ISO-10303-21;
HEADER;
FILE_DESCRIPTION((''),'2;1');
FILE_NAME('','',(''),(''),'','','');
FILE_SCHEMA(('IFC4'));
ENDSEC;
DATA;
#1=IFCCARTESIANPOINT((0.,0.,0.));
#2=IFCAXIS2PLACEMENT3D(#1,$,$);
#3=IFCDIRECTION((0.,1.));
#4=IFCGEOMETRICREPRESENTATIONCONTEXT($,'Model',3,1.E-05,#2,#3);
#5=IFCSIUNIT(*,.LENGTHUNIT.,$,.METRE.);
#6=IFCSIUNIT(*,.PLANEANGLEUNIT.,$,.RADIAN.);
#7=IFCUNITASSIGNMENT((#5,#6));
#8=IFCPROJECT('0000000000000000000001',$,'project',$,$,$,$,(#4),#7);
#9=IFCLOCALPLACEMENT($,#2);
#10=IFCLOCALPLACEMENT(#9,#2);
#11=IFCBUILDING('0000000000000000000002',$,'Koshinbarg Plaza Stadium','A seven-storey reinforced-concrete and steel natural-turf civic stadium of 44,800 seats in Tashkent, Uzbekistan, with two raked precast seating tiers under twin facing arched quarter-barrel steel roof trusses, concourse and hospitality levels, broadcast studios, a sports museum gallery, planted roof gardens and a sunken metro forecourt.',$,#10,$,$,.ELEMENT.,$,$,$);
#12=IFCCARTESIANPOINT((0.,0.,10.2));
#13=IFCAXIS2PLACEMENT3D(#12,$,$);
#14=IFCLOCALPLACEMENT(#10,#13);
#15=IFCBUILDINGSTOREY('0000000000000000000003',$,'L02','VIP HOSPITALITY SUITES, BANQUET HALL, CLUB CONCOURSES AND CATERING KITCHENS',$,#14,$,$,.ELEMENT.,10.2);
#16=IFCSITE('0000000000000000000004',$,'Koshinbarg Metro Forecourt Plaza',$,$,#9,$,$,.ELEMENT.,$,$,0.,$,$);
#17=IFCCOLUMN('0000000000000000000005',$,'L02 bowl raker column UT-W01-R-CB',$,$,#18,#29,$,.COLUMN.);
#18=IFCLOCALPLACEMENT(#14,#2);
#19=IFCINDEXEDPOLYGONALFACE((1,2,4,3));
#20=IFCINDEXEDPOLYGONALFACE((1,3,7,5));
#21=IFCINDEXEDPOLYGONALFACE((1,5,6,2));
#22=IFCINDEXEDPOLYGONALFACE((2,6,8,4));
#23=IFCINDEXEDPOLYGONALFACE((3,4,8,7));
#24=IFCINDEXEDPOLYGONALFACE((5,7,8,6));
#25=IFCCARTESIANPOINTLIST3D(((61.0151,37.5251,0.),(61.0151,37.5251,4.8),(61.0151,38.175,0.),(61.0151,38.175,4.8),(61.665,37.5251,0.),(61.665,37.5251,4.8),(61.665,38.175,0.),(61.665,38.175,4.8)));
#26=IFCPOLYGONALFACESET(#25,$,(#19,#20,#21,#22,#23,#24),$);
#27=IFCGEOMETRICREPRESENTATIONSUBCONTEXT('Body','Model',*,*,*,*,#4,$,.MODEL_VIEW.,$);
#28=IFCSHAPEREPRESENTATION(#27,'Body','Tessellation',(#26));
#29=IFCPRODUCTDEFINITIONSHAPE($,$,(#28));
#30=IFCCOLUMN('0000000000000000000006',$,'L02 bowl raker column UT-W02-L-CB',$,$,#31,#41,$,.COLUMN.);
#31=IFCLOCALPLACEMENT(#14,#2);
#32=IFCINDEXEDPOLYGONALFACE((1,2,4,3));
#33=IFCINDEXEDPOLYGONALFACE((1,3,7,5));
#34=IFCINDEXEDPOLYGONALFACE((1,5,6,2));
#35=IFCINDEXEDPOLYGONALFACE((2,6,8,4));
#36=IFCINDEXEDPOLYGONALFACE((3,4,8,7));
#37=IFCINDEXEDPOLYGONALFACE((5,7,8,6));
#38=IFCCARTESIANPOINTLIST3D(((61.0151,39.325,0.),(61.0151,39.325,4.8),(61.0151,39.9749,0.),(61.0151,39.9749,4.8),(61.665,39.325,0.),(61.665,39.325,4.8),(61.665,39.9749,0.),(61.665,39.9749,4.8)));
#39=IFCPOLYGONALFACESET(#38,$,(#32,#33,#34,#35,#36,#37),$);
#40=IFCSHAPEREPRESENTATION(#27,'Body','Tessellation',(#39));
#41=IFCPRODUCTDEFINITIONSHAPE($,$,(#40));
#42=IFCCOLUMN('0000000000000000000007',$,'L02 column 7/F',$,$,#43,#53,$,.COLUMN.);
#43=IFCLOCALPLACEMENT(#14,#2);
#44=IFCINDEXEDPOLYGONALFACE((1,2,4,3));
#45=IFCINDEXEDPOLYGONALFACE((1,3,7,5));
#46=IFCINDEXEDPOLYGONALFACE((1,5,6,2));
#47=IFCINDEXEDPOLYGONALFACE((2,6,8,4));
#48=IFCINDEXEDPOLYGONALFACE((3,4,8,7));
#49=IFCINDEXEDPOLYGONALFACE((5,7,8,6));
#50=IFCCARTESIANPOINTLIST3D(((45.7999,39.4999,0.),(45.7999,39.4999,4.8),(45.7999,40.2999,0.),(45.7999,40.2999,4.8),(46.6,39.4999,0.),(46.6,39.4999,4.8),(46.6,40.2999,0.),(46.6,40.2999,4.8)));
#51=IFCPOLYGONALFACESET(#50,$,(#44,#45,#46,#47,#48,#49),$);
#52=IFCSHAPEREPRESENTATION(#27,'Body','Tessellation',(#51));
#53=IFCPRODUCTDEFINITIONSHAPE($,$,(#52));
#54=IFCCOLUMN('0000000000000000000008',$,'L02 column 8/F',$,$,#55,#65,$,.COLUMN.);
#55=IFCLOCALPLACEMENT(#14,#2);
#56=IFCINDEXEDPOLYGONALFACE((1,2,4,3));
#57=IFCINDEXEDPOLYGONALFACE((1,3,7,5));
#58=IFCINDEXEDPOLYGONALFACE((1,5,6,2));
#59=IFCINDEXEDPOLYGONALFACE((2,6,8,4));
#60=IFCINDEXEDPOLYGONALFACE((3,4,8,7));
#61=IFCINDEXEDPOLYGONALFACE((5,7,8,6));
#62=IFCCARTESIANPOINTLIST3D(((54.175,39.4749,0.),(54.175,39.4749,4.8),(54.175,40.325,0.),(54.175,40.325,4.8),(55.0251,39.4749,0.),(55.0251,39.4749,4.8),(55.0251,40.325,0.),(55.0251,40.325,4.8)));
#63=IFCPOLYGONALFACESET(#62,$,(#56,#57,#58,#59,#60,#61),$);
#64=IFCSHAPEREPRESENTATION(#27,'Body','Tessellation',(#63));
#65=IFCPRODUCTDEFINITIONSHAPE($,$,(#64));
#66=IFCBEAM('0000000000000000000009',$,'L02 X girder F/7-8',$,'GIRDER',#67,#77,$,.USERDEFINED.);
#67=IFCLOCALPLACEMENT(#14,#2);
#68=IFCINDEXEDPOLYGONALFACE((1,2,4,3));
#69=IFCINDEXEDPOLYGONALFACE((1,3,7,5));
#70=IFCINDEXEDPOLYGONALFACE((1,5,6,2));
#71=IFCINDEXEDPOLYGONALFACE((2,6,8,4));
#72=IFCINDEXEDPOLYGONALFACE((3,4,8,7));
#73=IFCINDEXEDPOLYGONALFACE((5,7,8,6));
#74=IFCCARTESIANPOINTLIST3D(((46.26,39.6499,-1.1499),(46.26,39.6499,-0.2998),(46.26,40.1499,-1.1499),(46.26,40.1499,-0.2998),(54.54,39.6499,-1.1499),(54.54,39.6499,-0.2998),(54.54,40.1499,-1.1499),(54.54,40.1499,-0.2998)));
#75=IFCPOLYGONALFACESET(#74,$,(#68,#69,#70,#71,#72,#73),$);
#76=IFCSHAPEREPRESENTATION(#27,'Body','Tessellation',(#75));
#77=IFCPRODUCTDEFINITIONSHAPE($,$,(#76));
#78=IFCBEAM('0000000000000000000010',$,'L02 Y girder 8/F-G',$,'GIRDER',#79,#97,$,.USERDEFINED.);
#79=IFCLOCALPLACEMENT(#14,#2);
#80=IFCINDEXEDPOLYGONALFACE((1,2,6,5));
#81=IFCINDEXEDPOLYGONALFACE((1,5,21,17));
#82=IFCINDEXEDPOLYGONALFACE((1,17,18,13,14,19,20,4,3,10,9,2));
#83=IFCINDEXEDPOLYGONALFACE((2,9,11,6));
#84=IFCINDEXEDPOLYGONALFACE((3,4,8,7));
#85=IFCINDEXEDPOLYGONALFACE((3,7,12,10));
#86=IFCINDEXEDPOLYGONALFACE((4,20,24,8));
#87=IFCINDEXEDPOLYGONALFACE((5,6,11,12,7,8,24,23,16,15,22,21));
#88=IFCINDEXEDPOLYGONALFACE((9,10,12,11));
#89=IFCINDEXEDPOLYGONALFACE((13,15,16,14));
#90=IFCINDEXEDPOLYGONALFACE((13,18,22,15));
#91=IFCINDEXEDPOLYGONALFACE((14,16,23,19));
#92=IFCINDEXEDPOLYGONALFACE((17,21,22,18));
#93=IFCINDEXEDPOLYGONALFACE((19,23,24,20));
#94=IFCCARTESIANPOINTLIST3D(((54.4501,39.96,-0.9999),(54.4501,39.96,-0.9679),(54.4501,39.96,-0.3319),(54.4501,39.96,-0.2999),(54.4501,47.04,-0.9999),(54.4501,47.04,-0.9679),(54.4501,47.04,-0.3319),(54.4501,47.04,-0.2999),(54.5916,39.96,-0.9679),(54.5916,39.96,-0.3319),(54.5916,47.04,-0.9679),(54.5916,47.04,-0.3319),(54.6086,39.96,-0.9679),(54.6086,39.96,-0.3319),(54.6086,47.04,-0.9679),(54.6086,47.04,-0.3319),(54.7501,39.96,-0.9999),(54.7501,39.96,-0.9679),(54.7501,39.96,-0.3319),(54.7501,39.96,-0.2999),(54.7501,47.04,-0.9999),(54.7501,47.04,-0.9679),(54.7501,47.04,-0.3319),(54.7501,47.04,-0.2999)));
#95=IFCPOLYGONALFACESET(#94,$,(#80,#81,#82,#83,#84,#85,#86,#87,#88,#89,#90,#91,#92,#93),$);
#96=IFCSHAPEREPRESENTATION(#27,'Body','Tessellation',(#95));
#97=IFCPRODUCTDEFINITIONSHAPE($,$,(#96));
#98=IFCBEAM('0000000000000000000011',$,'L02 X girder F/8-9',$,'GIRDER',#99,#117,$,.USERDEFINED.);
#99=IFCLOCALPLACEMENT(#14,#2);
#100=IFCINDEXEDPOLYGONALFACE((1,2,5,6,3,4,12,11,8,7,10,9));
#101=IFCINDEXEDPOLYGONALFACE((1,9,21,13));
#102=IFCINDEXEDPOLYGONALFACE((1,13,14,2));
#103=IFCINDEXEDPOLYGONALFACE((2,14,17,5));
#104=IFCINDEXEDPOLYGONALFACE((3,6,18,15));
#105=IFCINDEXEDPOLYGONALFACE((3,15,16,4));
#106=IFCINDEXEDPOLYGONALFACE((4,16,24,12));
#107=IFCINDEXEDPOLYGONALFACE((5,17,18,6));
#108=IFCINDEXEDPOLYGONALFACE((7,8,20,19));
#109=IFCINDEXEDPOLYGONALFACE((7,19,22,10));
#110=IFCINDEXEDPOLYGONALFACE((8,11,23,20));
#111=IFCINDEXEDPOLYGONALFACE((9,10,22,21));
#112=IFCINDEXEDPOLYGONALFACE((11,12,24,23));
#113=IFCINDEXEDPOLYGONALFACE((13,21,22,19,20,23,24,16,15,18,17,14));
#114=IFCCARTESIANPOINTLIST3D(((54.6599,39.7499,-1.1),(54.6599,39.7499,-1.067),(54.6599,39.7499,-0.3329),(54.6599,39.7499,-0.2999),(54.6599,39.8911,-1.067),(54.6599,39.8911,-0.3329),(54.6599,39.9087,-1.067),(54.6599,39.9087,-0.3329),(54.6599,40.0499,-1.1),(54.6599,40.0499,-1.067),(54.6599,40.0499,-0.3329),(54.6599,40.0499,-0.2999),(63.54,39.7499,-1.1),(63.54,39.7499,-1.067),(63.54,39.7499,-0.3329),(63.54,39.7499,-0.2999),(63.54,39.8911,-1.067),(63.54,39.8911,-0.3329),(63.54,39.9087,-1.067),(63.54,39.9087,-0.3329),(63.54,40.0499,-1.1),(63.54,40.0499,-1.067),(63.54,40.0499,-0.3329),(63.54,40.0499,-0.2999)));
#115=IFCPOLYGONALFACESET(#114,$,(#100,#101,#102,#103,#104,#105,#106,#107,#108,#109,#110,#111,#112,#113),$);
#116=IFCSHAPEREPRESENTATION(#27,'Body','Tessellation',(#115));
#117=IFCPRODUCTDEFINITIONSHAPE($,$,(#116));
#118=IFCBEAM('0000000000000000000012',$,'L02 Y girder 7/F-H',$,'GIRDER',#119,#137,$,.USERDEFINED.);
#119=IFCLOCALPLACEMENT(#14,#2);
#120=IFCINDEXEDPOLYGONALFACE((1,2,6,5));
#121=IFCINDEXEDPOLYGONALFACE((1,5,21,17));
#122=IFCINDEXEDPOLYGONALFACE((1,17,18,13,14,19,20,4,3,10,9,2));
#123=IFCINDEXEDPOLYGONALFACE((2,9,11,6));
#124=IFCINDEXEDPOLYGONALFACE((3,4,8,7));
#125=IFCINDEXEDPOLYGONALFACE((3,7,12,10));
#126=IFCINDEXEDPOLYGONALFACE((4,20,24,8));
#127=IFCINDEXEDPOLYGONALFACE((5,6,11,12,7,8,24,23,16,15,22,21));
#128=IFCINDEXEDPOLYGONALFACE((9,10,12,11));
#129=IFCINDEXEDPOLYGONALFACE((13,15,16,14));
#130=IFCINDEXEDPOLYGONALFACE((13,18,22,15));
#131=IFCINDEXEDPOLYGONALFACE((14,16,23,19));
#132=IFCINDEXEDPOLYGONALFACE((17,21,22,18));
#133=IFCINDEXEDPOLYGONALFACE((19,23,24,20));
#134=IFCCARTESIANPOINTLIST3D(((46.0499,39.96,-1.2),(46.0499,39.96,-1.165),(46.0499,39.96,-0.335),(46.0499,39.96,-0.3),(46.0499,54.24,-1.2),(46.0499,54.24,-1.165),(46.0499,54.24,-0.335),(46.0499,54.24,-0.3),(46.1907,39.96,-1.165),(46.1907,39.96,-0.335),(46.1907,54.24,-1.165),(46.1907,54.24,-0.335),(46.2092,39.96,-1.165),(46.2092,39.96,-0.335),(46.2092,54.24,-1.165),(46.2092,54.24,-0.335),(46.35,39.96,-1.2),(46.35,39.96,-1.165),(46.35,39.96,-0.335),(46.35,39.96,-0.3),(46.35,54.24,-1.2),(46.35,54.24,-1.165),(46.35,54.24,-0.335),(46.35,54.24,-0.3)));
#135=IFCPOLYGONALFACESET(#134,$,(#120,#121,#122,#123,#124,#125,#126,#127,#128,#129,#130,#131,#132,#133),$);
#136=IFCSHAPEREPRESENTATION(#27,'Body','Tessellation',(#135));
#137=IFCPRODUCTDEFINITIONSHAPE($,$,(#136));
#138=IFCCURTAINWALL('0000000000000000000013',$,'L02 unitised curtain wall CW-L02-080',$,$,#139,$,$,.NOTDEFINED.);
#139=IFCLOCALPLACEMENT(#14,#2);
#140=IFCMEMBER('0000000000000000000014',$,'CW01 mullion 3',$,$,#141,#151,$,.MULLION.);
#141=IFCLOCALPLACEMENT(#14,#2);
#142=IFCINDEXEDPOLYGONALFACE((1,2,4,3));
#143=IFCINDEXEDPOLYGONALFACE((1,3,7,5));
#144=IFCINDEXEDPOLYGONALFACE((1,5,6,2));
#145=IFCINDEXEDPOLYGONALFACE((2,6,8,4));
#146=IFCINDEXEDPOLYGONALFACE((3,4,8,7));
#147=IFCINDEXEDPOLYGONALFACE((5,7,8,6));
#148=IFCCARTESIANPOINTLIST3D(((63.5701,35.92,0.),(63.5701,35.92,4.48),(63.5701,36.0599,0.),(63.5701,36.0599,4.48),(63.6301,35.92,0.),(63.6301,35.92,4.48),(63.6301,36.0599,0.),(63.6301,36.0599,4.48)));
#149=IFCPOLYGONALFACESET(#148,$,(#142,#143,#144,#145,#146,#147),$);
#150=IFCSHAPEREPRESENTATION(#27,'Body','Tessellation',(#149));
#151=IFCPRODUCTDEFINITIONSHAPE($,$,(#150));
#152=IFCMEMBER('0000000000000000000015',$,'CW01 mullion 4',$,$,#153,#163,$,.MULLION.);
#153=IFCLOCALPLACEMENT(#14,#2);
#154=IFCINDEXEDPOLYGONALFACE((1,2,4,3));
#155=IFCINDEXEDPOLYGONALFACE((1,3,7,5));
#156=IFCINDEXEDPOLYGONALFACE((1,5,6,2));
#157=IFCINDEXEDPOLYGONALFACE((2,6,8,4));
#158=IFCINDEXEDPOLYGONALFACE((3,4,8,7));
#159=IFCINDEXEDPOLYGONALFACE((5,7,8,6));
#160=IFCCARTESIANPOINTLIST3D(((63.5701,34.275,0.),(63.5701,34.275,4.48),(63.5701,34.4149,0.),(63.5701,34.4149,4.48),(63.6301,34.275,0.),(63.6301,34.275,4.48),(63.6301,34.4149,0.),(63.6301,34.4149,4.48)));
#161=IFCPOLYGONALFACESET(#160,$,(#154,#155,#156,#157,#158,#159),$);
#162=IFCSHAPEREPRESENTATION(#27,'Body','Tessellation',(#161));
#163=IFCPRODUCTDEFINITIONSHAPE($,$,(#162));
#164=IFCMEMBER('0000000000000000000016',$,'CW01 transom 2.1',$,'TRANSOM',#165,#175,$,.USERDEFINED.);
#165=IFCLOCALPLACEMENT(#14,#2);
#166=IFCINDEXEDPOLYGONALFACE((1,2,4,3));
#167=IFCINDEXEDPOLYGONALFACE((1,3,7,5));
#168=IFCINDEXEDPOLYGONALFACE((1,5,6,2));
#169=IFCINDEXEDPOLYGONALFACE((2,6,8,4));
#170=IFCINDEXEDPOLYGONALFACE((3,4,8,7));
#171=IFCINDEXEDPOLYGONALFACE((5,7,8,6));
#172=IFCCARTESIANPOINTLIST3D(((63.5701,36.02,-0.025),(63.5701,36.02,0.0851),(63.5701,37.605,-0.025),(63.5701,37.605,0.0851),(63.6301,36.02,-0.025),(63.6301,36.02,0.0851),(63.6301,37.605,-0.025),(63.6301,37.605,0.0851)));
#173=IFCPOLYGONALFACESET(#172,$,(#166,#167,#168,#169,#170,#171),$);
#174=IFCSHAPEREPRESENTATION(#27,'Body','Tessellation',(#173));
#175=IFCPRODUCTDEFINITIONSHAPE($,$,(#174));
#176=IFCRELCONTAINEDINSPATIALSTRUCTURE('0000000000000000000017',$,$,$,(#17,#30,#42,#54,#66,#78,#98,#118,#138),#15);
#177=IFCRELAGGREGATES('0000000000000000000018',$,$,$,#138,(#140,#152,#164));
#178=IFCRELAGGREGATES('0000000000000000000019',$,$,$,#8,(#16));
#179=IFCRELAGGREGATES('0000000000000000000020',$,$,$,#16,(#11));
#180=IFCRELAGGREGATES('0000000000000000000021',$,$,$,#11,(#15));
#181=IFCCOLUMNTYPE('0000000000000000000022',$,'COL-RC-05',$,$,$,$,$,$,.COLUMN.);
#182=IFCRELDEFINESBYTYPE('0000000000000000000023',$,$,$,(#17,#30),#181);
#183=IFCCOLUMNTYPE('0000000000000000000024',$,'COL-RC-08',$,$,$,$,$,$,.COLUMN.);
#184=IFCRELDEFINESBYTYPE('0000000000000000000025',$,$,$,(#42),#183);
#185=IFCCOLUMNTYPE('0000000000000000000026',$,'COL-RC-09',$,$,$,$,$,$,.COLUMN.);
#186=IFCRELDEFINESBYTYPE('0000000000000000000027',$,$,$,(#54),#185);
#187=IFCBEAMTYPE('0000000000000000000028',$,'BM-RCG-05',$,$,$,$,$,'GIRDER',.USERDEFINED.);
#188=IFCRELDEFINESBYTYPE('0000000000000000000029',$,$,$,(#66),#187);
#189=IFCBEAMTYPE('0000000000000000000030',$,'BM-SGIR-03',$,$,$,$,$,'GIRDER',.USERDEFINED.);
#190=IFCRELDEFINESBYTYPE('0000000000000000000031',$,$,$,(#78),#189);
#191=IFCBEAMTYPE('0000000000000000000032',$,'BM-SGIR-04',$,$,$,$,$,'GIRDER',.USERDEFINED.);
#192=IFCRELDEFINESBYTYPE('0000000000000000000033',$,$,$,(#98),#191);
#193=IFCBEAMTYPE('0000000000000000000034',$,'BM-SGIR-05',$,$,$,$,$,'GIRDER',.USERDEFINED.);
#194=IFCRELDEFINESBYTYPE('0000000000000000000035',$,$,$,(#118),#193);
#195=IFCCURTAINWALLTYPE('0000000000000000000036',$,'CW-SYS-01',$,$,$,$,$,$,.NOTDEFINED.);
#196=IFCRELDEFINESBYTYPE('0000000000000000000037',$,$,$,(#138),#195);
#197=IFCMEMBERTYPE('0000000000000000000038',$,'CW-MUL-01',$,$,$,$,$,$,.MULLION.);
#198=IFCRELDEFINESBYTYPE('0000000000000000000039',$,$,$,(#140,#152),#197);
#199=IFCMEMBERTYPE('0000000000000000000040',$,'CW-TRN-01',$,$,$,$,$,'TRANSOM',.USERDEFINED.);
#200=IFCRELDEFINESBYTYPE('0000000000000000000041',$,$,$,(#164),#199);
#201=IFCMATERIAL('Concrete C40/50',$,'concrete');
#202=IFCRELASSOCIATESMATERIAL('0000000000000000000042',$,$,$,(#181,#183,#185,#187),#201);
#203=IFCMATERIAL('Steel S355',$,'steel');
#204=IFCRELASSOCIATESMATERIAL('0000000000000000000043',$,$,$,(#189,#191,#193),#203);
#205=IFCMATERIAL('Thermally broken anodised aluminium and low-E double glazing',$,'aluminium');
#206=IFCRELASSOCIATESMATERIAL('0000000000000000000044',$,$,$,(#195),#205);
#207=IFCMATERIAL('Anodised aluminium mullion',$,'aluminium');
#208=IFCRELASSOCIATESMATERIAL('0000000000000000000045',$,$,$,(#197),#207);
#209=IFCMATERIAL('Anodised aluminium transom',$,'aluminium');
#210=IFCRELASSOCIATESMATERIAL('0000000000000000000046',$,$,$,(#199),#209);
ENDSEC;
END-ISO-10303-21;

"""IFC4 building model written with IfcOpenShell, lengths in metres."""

from ifc_helpers import new_model, si_unit, direction, frame, origin, origin_2d, place, context, subcontext, project, spatial, rectangle, i_section, extrude, material, material_profile, profile_set, type_object, element, aggregate, save


model = new_model("IFC4")

# Units and contexts
model_context = context("Model", 3, precision=1e-05, world=origin(), true_north=direction((0.0, 1.0)))
body_context = subcontext(model_context, "Body", "Model", "MODEL_VIEW")
ifc_project = project(units=[si_unit("LENGTHUNIT", "METRE"), si_unit("PLANEANGLEUNIT", "RADIAN")], contexts=[model_context])

# Site, building, storey
site_placement = place(None, origin())
site = spatial("IfcSite", under=ifc_project, at=site_placement, Name="Koshinbarg Metro Forecourt Plaza", CompositionType="ELEMENT", RefElevation=0.0)
building_placement = place(site_placement, origin())
building = spatial("IfcBuilding", under=site, at=building_placement, Name="Koshinbarg Plaza Stadium", Description="A seven-storey reinforced-concrete and steel natural-turf civic stadium of 44,800 seats in Tashkent, Uzbekistan, with two raked precast seating tiers under twin facing arched quarter-barrel steel roof trusses, concourse and hospitality levels, broadcast studios, a sports museum gallery, planted roof gardens and a sunken metro forecourt.", CompositionType="ELEMENT")
storey_placement = place(building_placement, frame((0.0, 0.0, 10.2)))
storey = spatial("IfcBuildingStorey", under=building, at=storey_placement, Name="L02", Description="VIP HOSPITALITY SUITES, BANQUET HALL, CLUB CONCOURSES AND CATERING KITCHENS", CompositionType="ELEMENT", Elevation=10.2)

# Columns
ifc_material_1 = material(Name="Concrete C40/50", Category="concrete")
ifc_material_profile_1 = material_profile(ifc_material_1, rectangle(XDim=0.6499, YDim=0.6499, at=origin_2d()), Name="RC 650x650")
ifc_profile_set_1 = profile_set([ifc_material_profile_1], Name="Concrete C40/50")
column_type_1 = type_object("IfcColumnType", Name="COL-RC-05", PredefinedType="COLUMN", material=ifc_profile_set_1)
for number, where, z_axis, x_axis, name in (
    (1, (61.3401, 37.8501, 0.0), (0.0, 0.0, 1.0), (1.0, 0.0, 0.0), "L02 bowl raker column UT-W01-R-CB"),
    (2, (61.3401, 39.6499, 0.0), (0.0, 0.0, 1.0), (1.0, 0.0, 0.0), "L02 bowl raker column UT-W02-L-CB"),
):
    element("IfcColumn", number, at=place(storey_placement, frame(where, z_axis=z_axis, x_axis=x_axis)), inside=storey, type_object=column_type_1, Name=name, PredefinedType="COLUMN", context=body_context, shape_type="SweptSolid", body=[
        extrude(rectangle(XDim=0.6499, YDim=0.6499, at=origin_2d()), origin(), (0.0, 0.0, 1.0), 4.8),
    ])
ifc_material_profile_2 = material_profile(ifc_material_1, rectangle(XDim=0.8, YDim=0.8, at=origin_2d()), Name="RC 800x800")
ifc_profile_set_2 = profile_set([ifc_material_profile_2], Name="Concrete C40/50")
column_type_2 = type_object("IfcColumnType", Name="COL-RC-08", PredefinedType="COLUMN", material=ifc_profile_set_2)
column_1_placement = place(storey_placement, frame((46.2, 39.8999, 0.0), z_axis=(0.0, 0.0, 1.0), x_axis=(1.0, 0.0, 0.0)))
element("IfcColumn", 3, at=column_1_placement, inside=storey, type_object=column_type_2, Name="L02 column 7/F", PredefinedType="COLUMN", context=body_context, shape_type="SweptSolid", body=[
    extrude(rectangle(XDim=0.8, YDim=0.8, at=origin_2d()), origin(), (0.0, 0.0, 1.0), 4.8),
])
ifc_material_profile_3 = material_profile(ifc_material_1, rectangle(XDim=0.8501, YDim=0.8501, at=origin_2d()), Name="RC 850x850")
ifc_profile_set_3 = profile_set([ifc_material_profile_3], Name="Concrete C40/50")
column_type_3 = type_object("IfcColumnType", Name="COL-RC-09", PredefinedType="COLUMN", material=ifc_profile_set_3)
column_2_placement = place(storey_placement, frame((54.6001, 39.8999, 0.0), z_axis=(0.0, 0.0, 1.0), x_axis=(1.0, 0.0, 0.0)))
element("IfcColumn", 4, at=column_2_placement, inside=storey, type_object=column_type_3, Name="L02 column 8/F", PredefinedType="COLUMN", context=body_context, shape_type="SweptSolid", body=[
    extrude(rectangle(XDim=0.8501, YDim=0.8501, at=origin_2d()), origin(), (0.0, 0.0, 1.0), 4.8),
])

# Beams
ifc_material_profile_4 = material_profile(ifc_material_1, rectangle(XDim=0.5, YDim=0.8501, at=origin_2d()), Name="RC 500x850")
ifc_profile_set_4 = profile_set([ifc_material_profile_4], Name="Concrete C40/50")
beam_type_1 = type_object("IfcBeamType", Name="BM-RCG-05", ElementType="GIRDER", PredefinedType="USERDEFINED", material=ifc_profile_set_4)
beam_1_placement = place(storey_placement, frame((46.26, 39.8999, -0.7249), z_axis=(1.0, 0.0, 0.0), x_axis=(0.0, 1.0, 0.0)))
element("IfcBeam", 5, at=beam_1_placement, inside=storey, type_object=beam_type_1, Name="L02 X girder F/7-8", ObjectType="GIRDER", PredefinedType="USERDEFINED", context=body_context, shape_type="SweptSolid", body=[
    extrude(rectangle(XDim=0.5, YDim=0.8501, at=origin_2d()), origin(), (0.0, 0.0, 1.0), 8.28),
])
ifc_material_2 = material(Name="Steel S355", Category="steel")
ifc_material_profile_5 = material_profile(ifc_material_2, i_section(OverallWidth=0.3, OverallDepth=0.7, WebThickness=0.0171, FlangeThickness=0.032, at=origin_2d()), Name="HEB 700")
ifc_profile_set_5 = profile_set([ifc_material_profile_5], Name="Steel S355")
beam_type_2 = type_object("IfcBeamType", Name="BM-SGIR-03", ElementType="GIRDER", PredefinedType="USERDEFINED", material=ifc_profile_set_5)
beam_2_placement = place(storey_placement, frame((54.6001, 39.96, -0.6499), z_axis=(0.0, 1.0, 0.0), x_axis=(-1.0, 0.0, 0.0)))
element("IfcBeam", 6, at=beam_2_placement, inside=storey, type_object=beam_type_2, Name="L02 Y girder 8/F-G", ObjectType="GIRDER", PredefinedType="USERDEFINED", context=body_context, shape_type="SweptSolid", body=[
    extrude(i_section(OverallWidth=0.3, OverallDepth=0.7, WebThickness=0.0171, FlangeThickness=0.032, at=origin_2d()), origin(), (0.0, 0.0, 1.0), 7.0801),
])
ifc_material_profile_6 = material_profile(ifc_material_2, i_section(OverallWidth=0.3, OverallDepth=0.8, WebThickness=0.0176, FlangeThickness=0.033, at=origin_2d()), Name="HEB 800")
ifc_profile_set_6 = profile_set([ifc_material_profile_6], Name="Steel S355")
beam_type_3 = type_object("IfcBeamType", Name="BM-SGIR-04", ElementType="GIRDER", PredefinedType="USERDEFINED", material=ifc_profile_set_6)
beam_3_placement = place(storey_placement, frame((54.6599, 39.8999, -0.7), z_axis=(1.0, 0.0, 0.0), x_axis=(0.0, 1.0, 0.0)))
element("IfcBeam", 7, at=beam_3_placement, inside=storey, type_object=beam_type_3, Name="L02 X girder F/8-9", ObjectType="GIRDER", PredefinedType="USERDEFINED", context=body_context, shape_type="SweptSolid", body=[
    extrude(i_section(OverallWidth=0.3, OverallDepth=0.8, WebThickness=0.0176, FlangeThickness=0.033, at=origin_2d()), origin(), (0.0, 0.0, 1.0), 8.8801),
])
ifc_material_profile_7 = material_profile(ifc_material_2, i_section(OverallWidth=0.3, OverallDepth=0.8999, WebThickness=0.0186, FlangeThickness=0.0349, at=origin_2d()), Name="HEB 900")
ifc_profile_set_7 = profile_set([ifc_material_profile_7], Name="Steel S355")
beam_type_4 = type_object("IfcBeamType", Name="BM-SGIR-05", ElementType="GIRDER", PredefinedType="USERDEFINED", material=ifc_profile_set_7)
beam_4_placement = place(storey_placement, frame((46.2, 39.96, -0.75), z_axis=(0.0, 1.0, 0.0), x_axis=(-1.0, 0.0, 0.0)))
element("IfcBeam", 8, at=beam_4_placement, inside=storey, type_object=beam_type_4, Name="L02 Y girder 7/F-H", ObjectType="GIRDER", PredefinedType="USERDEFINED", context=body_context, shape_type="SweptSolid", body=[
    extrude(i_section(OverallWidth=0.3, OverallDepth=0.8999, WebThickness=0.0186, FlangeThickness=0.0349, at=origin_2d()), origin(), (0.0, 0.0, 1.0), 14.28),
])

# Curtain wall, members
ifc_material_3 = material(Name="Thermally broken anodised aluminium and low-E double glazing", Category="aluminium")
curtain_wall_type = type_object("IfcCurtainWallType", Name="CW-SYS-01", PredefinedType="NOTDEFINED", material=ifc_material_3)
curtain_wall_placement = place(storey_placement, origin())
curtain_wall = element("IfcCurtainWall", 9, at=curtain_wall_placement, inside=storey, type_object=curtain_wall_type, Name="L02 unitised curtain wall CW-L02-080", PredefinedType="NOTDEFINED")
ifc_material_4 = material(Name="Anodised aluminium mullion", Category="aluminium")
ifc_material_profile_8 = material_profile(ifc_material_4, rectangle(XDim=0.0601, YDim=0.1399, at=origin_2d()), Name="ALU 60x140")
ifc_profile_set_8 = profile_set([ifc_material_profile_8], Name="Anodised aluminium mullion")
member_type_1 = type_object("IfcMemberType", Name="CW-MUL-01", PredefinedType="MULLION", material=ifc_profile_set_8)
member_1_placement = place(storey_placement, frame((63.6001, 35.99, 0.0), z_axis=(0.0, 0.0, 1.0), x_axis=(1.0, 0.0, 0.0)))
member_1 = element("IfcMember", 10, at=member_1_placement, type_object=member_type_1, Name="CW01 mullion 3", PredefinedType="MULLION", context=body_context, shape_type="SweptSolid", body=[
    extrude(rectangle(XDim=0.0601, YDim=0.1399, at=origin_2d()), origin(), (0.0, 0.0, 1.0), 4.48),
])
member_2_placement = place(storey_placement, frame((63.6001, 34.345, 0.0), z_axis=(0.0, 0.0, 1.0), x_axis=(1.0, 0.0, 0.0)))
member_2 = element("IfcMember", 11, at=member_2_placement, type_object=member_type_1, Name="CW01 mullion 4", PredefinedType="MULLION", context=body_context, shape_type="SweptSolid", body=[
    extrude(rectangle(XDim=0.0601, YDim=0.1399, at=origin_2d()), origin(), (0.0, 0.0, 1.0), 4.48),
])
ifc_material_5 = material(Name="Anodised aluminium transom", Category="aluminium")
ifc_material_profile_9 = material_profile(ifc_material_5, rectangle(XDim=0.0601, YDim=0.1101, at=origin_2d()), Name="ALU 60x110")
ifc_profile_set_9 = profile_set([ifc_material_profile_9], Name="Anodised aluminium transom")
member_type_2 = type_object("IfcMemberType", Name="CW-TRN-01", ElementType="TRANSOM", PredefinedType="USERDEFINED", material=ifc_profile_set_9)
member_3_placement = place(storey_placement, frame((63.6001, 37.605, 0.03), z_axis=(0.0, -1.0, 0.0), x_axis=(1.0, 0.0, 0.0)))
member_3 = element("IfcMember", 12, at=member_3_placement, type_object=member_type_2, Name="CW01 transom 2.1", ObjectType="TRANSOM", PredefinedType="USERDEFINED", context=body_context, shape_type="SweptSolid", body=[
    extrude(rectangle(XDim=0.0601, YDim=0.1101, at=origin_2d()), origin(), (0.0, 0.0, 1.0), 1.585),
])
aggregate(curtain_wall, [member_1, member_2, member_3])

save(model, "model.ifc")
